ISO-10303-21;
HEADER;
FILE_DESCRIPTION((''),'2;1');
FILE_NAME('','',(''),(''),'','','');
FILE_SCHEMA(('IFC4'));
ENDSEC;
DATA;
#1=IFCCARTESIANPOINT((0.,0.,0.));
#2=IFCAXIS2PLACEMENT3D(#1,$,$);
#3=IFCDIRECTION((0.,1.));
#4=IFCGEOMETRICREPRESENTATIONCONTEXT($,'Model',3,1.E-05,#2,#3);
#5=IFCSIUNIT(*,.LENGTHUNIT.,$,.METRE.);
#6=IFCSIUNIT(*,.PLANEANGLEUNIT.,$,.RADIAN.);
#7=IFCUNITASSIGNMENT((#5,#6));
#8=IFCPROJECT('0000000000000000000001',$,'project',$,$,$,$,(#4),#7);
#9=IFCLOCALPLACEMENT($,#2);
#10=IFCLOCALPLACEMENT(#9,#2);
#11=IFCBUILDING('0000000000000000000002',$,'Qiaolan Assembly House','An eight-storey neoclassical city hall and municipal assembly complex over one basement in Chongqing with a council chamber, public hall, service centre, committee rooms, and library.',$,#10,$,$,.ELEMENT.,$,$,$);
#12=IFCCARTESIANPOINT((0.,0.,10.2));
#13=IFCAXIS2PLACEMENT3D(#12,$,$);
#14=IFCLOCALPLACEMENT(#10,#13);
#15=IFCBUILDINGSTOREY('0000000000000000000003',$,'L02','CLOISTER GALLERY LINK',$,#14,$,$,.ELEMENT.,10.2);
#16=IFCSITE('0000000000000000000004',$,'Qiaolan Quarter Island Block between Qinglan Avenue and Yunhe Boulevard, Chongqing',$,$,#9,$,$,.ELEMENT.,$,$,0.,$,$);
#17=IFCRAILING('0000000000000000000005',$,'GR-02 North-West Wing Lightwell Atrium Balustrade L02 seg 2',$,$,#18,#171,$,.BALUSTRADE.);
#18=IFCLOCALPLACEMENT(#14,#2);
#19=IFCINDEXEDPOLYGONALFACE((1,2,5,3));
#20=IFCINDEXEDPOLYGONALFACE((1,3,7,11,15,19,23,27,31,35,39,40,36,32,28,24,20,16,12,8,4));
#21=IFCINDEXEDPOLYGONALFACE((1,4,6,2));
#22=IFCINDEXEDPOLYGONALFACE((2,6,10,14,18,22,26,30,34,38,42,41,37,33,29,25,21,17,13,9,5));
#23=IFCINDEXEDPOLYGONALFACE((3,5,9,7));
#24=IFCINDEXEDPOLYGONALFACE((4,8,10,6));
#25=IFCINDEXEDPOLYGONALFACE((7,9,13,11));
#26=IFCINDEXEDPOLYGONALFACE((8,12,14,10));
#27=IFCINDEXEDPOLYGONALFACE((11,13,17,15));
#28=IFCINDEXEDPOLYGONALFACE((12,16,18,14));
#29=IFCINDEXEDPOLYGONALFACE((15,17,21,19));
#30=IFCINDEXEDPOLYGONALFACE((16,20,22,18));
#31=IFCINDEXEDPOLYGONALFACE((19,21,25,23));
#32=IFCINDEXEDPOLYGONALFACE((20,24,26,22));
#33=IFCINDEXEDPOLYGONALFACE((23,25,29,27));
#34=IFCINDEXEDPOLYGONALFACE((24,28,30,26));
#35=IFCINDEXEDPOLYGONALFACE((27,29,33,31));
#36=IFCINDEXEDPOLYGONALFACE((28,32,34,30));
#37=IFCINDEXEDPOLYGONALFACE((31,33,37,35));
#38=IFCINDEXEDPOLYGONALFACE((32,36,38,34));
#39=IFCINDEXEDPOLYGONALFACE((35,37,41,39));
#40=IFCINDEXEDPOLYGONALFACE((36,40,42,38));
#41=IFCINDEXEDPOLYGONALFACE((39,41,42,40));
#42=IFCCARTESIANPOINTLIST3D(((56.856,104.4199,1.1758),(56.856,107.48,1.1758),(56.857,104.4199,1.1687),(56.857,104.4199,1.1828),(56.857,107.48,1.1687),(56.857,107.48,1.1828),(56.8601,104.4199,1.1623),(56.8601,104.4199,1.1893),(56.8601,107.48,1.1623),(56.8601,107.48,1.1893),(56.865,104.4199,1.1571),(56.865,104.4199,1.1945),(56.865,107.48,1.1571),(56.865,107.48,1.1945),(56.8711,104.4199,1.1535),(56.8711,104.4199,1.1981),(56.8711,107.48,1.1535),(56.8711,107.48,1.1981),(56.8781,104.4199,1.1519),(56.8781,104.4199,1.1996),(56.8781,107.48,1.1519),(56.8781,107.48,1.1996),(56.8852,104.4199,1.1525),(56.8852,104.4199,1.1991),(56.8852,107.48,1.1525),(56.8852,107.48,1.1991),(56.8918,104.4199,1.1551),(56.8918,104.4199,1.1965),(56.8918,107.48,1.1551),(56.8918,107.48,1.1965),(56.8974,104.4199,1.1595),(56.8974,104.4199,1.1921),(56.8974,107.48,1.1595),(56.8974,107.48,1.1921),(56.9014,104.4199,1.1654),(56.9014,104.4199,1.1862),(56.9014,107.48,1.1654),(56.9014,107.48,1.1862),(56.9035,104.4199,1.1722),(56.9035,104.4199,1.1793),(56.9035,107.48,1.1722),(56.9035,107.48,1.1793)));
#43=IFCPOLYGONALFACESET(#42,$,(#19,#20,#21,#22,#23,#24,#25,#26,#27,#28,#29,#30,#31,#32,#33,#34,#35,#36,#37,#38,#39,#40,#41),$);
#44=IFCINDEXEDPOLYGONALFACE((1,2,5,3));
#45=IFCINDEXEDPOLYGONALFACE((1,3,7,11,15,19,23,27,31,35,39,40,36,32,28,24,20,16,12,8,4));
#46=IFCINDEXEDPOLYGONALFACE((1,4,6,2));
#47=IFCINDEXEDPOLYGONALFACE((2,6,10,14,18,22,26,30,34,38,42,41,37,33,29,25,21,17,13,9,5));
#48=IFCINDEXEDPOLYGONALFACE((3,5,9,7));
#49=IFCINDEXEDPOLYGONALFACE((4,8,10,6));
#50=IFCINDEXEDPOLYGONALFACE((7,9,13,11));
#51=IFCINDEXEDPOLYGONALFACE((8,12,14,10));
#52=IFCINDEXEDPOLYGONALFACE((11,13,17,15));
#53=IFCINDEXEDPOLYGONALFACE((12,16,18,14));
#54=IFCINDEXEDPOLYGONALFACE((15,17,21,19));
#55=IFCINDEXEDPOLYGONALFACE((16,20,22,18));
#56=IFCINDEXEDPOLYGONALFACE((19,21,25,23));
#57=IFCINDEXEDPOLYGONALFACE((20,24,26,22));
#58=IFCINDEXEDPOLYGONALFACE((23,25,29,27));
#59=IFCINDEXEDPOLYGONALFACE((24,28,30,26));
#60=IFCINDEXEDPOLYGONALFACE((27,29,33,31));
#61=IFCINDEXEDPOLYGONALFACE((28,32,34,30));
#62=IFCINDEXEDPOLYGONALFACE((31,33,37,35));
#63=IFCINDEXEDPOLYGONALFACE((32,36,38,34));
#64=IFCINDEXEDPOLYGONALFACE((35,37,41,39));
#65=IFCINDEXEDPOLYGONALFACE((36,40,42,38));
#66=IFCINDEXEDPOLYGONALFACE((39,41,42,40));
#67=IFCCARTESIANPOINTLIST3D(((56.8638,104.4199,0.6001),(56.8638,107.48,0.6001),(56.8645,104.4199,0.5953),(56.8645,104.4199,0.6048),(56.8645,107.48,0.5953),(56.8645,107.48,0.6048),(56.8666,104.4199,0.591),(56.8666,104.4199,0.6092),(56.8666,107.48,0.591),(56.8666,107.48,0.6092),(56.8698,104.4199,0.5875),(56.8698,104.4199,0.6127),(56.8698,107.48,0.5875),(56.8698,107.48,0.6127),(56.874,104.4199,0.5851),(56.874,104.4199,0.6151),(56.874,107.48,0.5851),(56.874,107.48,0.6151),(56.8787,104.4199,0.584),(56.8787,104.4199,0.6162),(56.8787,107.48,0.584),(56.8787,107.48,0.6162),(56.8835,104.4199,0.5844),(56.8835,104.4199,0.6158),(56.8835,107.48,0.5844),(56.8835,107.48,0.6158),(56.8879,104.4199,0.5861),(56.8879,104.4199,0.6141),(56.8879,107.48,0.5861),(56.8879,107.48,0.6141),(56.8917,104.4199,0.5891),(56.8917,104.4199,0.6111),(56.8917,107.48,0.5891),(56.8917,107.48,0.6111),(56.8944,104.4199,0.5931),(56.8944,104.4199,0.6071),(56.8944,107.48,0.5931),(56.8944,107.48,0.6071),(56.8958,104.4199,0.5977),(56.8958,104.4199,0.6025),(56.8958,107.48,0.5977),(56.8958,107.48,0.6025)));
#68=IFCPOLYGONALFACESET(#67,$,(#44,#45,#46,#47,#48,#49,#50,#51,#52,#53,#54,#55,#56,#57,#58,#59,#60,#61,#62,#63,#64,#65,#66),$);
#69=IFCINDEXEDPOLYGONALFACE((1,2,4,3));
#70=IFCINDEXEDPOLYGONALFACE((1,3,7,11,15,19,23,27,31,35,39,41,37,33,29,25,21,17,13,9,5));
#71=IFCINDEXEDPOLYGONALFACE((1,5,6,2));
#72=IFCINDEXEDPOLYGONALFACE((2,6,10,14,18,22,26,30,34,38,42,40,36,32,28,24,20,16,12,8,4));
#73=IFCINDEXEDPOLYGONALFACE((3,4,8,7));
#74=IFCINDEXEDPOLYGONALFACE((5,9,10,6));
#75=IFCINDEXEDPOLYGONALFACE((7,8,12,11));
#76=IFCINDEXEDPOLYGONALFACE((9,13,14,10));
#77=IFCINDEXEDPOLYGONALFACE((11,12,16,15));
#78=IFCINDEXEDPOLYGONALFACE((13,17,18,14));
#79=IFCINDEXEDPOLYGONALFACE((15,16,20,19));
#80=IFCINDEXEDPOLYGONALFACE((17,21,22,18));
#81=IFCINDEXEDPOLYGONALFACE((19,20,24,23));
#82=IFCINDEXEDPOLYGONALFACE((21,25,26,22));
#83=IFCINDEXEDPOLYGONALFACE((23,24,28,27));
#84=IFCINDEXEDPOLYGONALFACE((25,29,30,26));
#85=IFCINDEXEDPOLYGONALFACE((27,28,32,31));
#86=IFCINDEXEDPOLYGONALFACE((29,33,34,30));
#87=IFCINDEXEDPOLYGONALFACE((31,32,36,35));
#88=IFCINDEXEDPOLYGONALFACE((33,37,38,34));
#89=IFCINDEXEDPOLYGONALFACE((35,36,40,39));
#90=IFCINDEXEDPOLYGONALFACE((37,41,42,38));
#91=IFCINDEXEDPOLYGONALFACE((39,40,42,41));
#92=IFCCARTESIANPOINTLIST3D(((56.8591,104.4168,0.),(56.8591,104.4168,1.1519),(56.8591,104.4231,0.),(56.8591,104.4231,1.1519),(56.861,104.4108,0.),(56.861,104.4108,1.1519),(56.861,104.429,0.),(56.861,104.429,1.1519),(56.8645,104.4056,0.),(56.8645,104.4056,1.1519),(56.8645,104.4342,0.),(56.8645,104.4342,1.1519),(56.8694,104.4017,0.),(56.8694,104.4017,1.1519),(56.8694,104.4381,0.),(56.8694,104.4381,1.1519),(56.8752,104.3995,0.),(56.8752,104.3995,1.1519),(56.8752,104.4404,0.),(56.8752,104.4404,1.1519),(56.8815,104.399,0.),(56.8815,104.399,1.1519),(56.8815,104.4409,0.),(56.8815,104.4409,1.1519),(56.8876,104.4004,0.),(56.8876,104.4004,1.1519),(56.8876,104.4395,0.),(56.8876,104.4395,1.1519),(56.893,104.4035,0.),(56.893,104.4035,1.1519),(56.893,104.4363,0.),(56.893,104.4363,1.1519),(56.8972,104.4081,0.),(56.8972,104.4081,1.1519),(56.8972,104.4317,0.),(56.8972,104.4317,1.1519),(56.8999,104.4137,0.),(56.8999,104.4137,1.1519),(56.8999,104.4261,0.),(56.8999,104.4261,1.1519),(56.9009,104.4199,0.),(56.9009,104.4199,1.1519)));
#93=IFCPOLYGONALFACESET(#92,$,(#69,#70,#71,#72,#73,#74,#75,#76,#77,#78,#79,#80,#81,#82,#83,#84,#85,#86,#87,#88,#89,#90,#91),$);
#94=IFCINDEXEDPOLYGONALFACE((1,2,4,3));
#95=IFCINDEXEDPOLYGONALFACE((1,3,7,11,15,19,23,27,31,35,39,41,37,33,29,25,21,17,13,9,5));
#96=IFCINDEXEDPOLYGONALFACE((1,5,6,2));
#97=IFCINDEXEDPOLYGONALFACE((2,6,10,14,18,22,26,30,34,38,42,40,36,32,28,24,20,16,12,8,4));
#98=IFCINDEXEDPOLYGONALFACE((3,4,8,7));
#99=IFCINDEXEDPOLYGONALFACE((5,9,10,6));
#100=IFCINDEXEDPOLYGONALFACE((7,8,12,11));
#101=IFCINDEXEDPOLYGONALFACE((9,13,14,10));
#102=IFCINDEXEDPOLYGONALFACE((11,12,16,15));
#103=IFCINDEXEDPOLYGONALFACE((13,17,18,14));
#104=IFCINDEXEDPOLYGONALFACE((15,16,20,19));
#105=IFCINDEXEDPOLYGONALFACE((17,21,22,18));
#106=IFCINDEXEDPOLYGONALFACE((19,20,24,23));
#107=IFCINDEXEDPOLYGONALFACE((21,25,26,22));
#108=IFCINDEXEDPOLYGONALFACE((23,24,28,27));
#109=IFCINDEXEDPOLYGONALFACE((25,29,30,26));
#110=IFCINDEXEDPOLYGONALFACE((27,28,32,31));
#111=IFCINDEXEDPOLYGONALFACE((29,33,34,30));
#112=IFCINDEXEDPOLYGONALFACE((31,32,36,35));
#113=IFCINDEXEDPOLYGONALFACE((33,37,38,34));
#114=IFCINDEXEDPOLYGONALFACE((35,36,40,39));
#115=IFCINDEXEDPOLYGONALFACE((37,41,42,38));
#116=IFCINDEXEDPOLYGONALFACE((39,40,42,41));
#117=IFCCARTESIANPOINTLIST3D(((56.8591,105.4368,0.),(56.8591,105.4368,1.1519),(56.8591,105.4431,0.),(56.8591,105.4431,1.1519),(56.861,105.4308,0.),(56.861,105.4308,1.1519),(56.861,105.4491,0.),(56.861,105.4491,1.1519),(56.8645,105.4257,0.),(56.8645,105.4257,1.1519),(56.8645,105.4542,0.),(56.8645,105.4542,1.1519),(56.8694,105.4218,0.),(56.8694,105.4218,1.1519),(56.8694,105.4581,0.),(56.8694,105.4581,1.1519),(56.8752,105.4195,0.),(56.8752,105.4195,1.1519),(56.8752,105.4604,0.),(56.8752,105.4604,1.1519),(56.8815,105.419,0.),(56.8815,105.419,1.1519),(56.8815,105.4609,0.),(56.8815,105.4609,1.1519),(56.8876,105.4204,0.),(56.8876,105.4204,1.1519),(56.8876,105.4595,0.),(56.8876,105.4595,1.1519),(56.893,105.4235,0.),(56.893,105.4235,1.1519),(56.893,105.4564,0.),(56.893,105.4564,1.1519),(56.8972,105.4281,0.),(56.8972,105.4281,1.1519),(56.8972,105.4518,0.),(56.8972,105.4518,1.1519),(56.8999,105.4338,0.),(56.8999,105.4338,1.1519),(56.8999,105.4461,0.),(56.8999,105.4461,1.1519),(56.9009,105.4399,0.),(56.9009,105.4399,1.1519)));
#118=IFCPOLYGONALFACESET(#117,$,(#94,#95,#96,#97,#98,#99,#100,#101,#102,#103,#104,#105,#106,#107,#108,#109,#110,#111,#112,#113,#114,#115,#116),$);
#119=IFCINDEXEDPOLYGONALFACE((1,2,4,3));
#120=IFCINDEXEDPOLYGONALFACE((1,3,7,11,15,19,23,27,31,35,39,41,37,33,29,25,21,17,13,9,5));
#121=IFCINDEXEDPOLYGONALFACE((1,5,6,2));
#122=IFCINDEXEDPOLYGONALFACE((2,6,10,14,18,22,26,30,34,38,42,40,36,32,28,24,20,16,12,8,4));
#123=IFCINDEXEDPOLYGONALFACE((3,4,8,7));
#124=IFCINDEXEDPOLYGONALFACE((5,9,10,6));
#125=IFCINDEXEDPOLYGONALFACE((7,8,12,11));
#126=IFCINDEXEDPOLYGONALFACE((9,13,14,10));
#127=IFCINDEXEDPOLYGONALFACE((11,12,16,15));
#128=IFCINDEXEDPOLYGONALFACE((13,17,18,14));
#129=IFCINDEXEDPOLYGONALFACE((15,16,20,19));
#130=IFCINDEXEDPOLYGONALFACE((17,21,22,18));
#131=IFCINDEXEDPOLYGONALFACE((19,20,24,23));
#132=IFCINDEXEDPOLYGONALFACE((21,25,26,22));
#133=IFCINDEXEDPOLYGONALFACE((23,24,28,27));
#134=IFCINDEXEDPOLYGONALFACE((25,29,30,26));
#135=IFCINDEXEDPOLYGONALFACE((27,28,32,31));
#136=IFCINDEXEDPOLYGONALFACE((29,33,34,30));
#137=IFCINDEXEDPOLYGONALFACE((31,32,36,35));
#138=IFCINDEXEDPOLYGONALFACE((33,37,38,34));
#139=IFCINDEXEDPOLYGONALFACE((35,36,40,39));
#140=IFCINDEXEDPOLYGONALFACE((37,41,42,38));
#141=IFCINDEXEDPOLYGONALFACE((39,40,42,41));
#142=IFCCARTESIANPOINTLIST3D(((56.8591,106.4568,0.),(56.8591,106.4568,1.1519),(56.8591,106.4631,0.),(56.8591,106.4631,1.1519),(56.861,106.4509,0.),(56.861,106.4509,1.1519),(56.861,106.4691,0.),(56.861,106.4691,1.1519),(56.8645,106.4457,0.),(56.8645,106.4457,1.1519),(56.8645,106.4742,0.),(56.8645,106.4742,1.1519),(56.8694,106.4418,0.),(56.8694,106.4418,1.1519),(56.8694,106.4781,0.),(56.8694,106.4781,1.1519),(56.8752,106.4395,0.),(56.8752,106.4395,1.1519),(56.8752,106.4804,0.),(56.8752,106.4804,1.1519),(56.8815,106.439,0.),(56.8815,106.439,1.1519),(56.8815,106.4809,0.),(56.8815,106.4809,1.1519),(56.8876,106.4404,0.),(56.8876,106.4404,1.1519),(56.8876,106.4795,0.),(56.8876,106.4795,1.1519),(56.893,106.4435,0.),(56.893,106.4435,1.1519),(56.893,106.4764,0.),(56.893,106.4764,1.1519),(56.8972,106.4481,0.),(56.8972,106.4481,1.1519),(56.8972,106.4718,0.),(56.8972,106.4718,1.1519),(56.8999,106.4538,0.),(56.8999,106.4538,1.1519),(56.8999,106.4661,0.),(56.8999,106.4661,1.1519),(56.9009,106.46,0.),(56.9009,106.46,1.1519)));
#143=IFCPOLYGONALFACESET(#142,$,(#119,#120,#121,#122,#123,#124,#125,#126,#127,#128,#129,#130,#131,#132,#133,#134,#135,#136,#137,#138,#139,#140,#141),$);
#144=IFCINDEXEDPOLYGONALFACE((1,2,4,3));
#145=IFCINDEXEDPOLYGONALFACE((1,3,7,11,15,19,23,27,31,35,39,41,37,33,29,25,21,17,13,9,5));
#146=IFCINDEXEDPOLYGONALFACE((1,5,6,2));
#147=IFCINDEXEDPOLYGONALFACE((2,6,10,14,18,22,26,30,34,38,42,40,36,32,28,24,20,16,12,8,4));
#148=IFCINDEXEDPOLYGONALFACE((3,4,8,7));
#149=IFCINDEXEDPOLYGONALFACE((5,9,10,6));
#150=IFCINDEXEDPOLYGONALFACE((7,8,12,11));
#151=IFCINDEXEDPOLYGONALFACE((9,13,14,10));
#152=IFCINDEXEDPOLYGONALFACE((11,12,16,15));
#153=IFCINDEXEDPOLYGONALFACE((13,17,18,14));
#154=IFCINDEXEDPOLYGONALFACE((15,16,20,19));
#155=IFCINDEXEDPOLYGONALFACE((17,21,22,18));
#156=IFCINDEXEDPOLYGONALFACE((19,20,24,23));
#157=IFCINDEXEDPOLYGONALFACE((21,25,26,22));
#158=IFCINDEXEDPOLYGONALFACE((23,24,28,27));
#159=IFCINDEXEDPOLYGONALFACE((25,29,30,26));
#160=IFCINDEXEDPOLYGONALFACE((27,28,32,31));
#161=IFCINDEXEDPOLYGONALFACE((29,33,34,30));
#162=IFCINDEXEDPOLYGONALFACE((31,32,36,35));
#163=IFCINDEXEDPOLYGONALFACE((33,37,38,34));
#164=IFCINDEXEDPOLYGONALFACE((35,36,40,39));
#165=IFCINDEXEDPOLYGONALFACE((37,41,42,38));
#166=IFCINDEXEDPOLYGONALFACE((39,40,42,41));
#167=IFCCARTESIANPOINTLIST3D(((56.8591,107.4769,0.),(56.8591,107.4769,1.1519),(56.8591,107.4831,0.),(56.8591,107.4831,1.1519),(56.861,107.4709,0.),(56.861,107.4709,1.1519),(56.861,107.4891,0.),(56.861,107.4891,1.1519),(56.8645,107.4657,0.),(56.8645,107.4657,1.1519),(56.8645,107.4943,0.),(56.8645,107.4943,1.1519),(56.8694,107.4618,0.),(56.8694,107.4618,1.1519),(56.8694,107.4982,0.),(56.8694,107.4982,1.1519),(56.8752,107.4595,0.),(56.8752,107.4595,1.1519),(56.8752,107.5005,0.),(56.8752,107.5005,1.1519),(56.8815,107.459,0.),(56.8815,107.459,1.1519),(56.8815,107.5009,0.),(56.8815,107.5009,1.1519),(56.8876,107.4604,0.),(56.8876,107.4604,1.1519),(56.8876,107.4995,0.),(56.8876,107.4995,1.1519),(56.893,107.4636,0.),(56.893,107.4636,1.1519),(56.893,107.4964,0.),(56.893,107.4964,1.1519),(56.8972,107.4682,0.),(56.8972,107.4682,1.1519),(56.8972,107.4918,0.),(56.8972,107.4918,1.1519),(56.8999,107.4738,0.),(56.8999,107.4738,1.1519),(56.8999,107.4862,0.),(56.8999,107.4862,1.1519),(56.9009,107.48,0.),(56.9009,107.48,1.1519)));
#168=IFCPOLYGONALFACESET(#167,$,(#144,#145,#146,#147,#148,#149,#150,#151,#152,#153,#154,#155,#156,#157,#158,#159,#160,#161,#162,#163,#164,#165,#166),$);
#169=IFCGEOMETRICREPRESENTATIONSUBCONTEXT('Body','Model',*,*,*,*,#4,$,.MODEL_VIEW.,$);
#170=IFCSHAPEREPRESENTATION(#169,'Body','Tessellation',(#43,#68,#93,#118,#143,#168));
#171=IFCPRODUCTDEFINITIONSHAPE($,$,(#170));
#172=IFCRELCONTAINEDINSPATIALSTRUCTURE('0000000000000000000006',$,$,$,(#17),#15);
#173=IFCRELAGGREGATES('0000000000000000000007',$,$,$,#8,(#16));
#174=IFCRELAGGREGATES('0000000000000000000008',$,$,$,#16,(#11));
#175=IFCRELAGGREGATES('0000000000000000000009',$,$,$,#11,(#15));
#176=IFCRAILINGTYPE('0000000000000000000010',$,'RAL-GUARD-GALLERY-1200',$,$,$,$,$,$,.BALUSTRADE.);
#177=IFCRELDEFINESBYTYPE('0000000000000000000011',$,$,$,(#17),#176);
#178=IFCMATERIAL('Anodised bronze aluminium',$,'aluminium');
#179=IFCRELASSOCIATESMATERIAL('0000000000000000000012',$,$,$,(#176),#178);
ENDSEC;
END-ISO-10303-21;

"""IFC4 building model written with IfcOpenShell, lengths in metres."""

from ifc_helpers import new_model, si_unit, direction, frame, origin, origin_2d, place, context, subcontext, project, spatial, circle, extrude, material, type_object, element, save


model = new_model("IFC4")

# Units and contexts
model_context = context("Model", 3, precision=1e-05, world=origin(), true_north=direction((0.0, 1.0)))
body_context = subcontext(model_context, "Body", "Model", "MODEL_VIEW")
ifc_project = project(units=[si_unit("LENGTHUNIT", "METRE"), si_unit("PLANEANGLEUNIT", "RADIAN")], contexts=[model_context])

# Site, building, storey
site_placement = place(None, origin())
site = spatial("IfcSite", under=ifc_project, at=site_placement, Name="Qiaolan Quarter Island Block between Qinglan Avenue and Yunhe Boulevard, Chongqing", CompositionType="ELEMENT", RefElevation=0.0)
building_placement = place(site_placement, origin())
building = spatial("IfcBuilding", under=site, at=building_placement, Name="Qiaolan Assembly House", Description="An eight-storey neoclassical city hall and municipal assembly complex over one basement in Chongqing with a council chamber, public hall, service centre, committee rooms, and library.", CompositionType="ELEMENT")
storey_placement = place(building_placement, frame((0.0, 0.0, 10.2)))
storey = spatial("IfcBuildingStorey", under=building, at=storey_placement, Name="L02", Description="CLOISTER GALLERY LINK", CompositionType="ELEMENT", Elevation=10.2)

# Railing
ifc_material_1 = material(Name="Anodised bronze aluminium", Category="aluminium")
railing_type = type_object("IfcRailingType", Name="RAL-GUARD-GALLERY-1200", PredefinedType="BALUSTRADE", material=ifc_material_1)
railing_1_placement = place(storey_placement, frame((56.8799, 104.4199, 0.0)))
element("IfcRailing", 1, at=railing_1_placement, inside=storey, type_object=railing_type, Name="GR-02 North-West Wing Lightwell Atrium Balustrade L02 seg 2", PredefinedType="BALUSTRADE", context=body_context, shape_type="SweptSolid", body=[
    extrude(circle(Radius=0.0239, at=origin_2d()), frame((0.0, 0.0, 1.1758), z_axis=(0.0, 1.0, 0.0), x_axis=(-1.0, 0.0, 0.0)), (0.0, 0.0, 1.0), 3.0601),
    extrude(circle(Radius=0.0161, at=origin_2d()), frame((0.0, 0.0, 0.6001), z_axis=(0.0, 1.0, 0.0), x_axis=(-1.0, 0.0, 0.0)), (0.0, 0.0, 1.0), 3.0601),
    extrude(circle(Radius=0.021, at=origin_2d()), origin(), (0.0, 0.0, 1.0), 1.1519),
    extrude(circle(Radius=0.021, at=origin_2d()), frame((0.0, 1.02, 0.0)), (0.0, 0.0, 1.0), 1.1519),
    extrude(circle(Radius=0.021, at=origin_2d()), frame((0.0, 2.04, 0.0)), (0.0, 0.0, 1.0), 1.1519),
    extrude(circle(Radius=0.021, at=origin_2d()), frame((0.0, 3.0601, 0.0)), (0.0, 0.0, 1.0), 1.1519),
])

save(model, "model.ifc")
